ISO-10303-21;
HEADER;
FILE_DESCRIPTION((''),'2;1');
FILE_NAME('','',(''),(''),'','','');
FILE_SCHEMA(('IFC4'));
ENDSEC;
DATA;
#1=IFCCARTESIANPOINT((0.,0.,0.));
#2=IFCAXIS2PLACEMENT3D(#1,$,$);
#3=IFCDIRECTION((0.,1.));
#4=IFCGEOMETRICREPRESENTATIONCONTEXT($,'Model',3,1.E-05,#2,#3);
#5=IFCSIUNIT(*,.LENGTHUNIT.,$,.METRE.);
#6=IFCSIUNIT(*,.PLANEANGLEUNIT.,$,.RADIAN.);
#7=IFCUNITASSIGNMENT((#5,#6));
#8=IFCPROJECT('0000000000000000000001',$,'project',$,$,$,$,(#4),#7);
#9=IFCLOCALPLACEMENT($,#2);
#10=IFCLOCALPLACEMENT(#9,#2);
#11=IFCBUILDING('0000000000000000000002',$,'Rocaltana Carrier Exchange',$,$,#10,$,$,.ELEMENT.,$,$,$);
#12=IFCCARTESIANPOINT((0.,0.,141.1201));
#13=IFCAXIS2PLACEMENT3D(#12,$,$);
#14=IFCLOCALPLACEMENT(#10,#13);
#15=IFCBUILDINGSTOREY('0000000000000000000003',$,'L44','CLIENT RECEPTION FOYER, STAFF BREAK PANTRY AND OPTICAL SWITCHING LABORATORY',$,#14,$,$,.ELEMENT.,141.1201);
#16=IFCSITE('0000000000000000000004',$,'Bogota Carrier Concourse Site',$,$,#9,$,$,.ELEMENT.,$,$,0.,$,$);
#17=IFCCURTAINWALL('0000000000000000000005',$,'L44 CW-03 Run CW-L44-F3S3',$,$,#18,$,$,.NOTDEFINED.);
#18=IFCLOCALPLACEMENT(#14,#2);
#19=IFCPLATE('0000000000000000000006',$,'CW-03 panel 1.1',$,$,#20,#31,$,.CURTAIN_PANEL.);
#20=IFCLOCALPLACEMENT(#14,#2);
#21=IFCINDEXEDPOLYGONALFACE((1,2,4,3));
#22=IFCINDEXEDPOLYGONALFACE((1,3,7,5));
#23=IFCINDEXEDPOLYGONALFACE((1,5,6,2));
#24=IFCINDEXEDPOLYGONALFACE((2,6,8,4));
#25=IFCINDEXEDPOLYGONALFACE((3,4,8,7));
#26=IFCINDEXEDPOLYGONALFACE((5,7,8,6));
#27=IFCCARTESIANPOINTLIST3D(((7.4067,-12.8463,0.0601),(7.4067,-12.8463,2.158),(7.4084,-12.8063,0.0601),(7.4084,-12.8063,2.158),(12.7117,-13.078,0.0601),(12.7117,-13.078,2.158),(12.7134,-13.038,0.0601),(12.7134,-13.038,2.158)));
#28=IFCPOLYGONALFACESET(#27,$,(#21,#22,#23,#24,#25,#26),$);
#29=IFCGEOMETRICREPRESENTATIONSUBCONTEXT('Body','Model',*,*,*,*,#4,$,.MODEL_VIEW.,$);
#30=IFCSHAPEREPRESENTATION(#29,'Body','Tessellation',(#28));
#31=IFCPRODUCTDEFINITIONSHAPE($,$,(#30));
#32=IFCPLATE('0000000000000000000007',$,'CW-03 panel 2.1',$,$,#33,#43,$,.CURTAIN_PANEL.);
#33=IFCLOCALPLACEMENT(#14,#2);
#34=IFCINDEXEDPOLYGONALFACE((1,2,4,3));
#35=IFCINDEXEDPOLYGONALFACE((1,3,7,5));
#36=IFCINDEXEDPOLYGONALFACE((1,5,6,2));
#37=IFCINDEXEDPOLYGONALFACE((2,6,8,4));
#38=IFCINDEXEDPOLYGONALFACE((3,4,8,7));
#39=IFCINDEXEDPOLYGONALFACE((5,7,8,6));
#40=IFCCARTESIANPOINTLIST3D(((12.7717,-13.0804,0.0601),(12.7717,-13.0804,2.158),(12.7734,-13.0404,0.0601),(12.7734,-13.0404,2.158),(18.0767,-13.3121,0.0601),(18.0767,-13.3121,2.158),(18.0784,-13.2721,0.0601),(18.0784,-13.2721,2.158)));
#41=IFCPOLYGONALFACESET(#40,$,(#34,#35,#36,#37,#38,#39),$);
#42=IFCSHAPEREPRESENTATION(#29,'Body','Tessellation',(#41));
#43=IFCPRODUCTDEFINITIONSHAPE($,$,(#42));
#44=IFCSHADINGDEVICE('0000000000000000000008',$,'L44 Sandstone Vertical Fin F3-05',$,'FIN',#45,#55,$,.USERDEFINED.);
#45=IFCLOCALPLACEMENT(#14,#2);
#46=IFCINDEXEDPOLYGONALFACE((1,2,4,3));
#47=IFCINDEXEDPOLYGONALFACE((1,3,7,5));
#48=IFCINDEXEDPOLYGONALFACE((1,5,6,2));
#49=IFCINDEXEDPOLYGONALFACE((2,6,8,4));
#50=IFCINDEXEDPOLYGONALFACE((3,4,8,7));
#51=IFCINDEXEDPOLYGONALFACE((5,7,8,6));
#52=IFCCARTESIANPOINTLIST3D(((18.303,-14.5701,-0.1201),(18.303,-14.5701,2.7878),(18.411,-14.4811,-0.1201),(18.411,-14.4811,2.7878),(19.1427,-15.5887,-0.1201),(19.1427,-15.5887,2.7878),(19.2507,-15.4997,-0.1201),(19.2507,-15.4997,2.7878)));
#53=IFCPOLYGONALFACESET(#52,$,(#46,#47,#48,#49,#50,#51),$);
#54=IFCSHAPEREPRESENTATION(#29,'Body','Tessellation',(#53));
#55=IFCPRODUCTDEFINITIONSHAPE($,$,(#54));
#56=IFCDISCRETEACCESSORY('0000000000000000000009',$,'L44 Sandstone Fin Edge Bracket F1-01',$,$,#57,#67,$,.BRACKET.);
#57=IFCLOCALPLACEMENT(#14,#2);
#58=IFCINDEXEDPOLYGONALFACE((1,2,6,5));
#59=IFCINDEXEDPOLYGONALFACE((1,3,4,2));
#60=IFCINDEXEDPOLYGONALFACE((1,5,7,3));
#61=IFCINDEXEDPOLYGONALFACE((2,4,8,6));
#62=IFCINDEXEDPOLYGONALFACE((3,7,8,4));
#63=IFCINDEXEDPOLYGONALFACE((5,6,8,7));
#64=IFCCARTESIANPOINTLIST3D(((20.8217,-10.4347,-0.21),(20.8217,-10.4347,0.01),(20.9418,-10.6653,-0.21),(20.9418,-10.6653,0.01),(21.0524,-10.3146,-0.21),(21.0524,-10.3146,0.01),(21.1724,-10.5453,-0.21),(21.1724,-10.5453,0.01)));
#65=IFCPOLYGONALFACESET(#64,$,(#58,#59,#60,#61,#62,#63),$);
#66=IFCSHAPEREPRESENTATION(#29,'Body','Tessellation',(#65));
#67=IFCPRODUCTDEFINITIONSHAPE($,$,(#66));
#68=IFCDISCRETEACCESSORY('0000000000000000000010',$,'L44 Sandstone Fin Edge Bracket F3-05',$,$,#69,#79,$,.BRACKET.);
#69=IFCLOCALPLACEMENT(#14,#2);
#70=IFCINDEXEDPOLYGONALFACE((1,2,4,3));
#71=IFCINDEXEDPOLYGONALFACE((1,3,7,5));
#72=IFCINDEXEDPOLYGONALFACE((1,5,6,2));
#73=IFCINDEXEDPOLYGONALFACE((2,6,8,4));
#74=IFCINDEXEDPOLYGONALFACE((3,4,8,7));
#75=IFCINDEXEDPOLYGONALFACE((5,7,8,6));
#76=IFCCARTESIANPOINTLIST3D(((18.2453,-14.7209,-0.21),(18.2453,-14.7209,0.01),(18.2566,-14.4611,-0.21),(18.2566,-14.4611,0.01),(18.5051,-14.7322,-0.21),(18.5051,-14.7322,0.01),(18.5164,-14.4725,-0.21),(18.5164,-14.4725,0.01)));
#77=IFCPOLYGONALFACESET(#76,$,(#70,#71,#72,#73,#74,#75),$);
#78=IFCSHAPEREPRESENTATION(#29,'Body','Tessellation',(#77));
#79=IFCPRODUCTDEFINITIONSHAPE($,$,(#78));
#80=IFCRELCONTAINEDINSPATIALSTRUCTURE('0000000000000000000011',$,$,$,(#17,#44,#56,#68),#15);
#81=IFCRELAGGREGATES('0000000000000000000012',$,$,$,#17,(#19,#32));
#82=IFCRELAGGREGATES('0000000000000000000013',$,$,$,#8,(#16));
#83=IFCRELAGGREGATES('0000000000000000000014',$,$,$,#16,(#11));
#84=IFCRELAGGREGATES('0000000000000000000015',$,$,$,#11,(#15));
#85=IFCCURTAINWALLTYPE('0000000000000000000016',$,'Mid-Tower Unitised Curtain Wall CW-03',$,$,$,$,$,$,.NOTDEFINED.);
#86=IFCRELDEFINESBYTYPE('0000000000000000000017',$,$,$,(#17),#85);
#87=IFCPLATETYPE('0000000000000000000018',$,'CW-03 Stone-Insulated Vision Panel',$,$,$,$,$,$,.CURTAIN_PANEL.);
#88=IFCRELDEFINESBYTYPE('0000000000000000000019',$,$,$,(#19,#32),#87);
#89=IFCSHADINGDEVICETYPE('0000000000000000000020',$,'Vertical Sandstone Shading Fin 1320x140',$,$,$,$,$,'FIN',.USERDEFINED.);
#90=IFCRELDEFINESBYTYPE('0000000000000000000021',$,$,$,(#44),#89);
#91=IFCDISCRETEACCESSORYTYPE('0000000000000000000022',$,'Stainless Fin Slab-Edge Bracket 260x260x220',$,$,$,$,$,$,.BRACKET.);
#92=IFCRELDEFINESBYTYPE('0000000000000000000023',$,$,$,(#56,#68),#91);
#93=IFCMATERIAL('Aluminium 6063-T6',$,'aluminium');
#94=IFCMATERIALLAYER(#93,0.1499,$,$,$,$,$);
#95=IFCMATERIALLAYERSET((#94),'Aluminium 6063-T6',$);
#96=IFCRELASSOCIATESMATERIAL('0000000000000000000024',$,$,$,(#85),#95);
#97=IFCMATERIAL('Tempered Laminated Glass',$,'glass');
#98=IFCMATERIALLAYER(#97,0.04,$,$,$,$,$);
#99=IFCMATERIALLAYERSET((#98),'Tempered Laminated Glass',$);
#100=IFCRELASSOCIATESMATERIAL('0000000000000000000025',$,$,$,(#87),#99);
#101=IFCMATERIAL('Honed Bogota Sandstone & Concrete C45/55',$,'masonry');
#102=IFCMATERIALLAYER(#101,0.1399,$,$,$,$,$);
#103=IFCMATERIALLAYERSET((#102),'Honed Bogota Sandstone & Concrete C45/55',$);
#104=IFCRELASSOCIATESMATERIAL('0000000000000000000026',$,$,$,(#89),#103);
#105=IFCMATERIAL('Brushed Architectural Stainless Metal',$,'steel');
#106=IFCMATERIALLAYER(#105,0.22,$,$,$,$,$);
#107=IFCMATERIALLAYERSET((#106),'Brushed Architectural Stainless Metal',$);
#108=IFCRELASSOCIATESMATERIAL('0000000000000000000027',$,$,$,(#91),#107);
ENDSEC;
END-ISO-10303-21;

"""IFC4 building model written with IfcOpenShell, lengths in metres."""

from ifc_helpers import new_model, si_unit, direction, frame, origin, origin_2d, place, context, subcontext, project, spatial, rectangle, extrude, material, layer, layer_set, type_object, element, aggregate, save


model = new_model("IFC4")

# Units and contexts
model_context = context("Model", 3, precision=1e-05, world=origin(), true_north=direction((0.0, 1.0)))
body_context = subcontext(model_context, "Body", "Model", "MODEL_VIEW")
ifc_project = project(units=[si_unit("LENGTHUNIT", "METRE"), si_unit("PLANEANGLEUNIT", "RADIAN")], contexts=[model_context])

# Site, building, storey
site_placement = place(None, origin())
site = spatial("IfcSite", under=ifc_project, at=site_placement, Name="Bogota Carrier Concourse Site", CompositionType="ELEMENT", RefElevation=0.0)
building_placement = place(site_placement, origin())
building = spatial("IfcBuilding", under=site, at=building_placement, Name="Rocaltana Carrier Exchange", CompositionType="ELEMENT")
storey_placement = place(building_placement, frame((0.0, 0.0, 141.1201)))
storey = spatial("IfcBuildingStorey", under=building, at=storey_placement, Name="L44", Description="CLIENT RECEPTION FOYER, STAFF BREAK PANTRY AND OPTICAL SWITCHING LABORATORY", CompositionType="ELEMENT", Elevation=141.1201)

# Shared definitions
ifc_material_1 = material(Name="Aluminium 6063-T6", Category="aluminium")
ifc_layer_1 = layer(ifc_material_1, 0.1499)
ifc_layer_set_1 = layer_set([ifc_layer_1], Name="Aluminium 6063-T6")
curtain_wall_type = type_object("IfcCurtainWallType", Name="Mid-Tower Unitised Curtain Wall CW-03", PredefinedType="NOTDEFINED", material=ifc_layer_set_1)

# Curtain wall
curtain_wall_1_placement = place(storey_placement, origin())
curtain_wall_1 = element("IfcCurtainWall", 1, at=curtain_wall_1_placement, inside=storey, type_object=curtain_wall_type, Name="L44 CW-03 Run CW-L44-F3S3", PredefinedType="NOTDEFINED")

# Plates
ifc_material_2 = material(Name="Tempered Laminated Glass", Category="glass")
ifc_layer_2 = layer(ifc_material_2, 0.04)
ifc_layer_set_2 = layer_set([ifc_layer_2], Name="Tempered Laminated Glass")
plate_type = type_object("IfcPlateType", Name="CW-03 Stone-Insulated Vision Panel", PredefinedType="CURTAIN_PANEL", material=ifc_layer_set_2)
plate_1_placement = place(storey_placement, frame((10.0601, -12.9421, 0.0601), z_axis=(0.0, 0.0, 1.0), x_axis=(0.999048, -0.043629, 0.0)))
plate_1 = element("IfcPlate", 2, at=plate_1_placement, type_object=plate_type, Name="CW-03 panel 1.1", PredefinedType="CURTAIN_PANEL", context=body_context, shape_type="SweptSolid", body=[
    extrude(rectangle(XDim=5.3101, YDim=0.04, at=origin_2d()), origin(), (0.0, 0.0, 1.0), 2.0979),
])
plate_2_placement = place(storey_placement, frame((15.425, -13.1763, 0.0601), z_axis=(0.0, 0.0, 1.0), x_axis=(0.999048, -0.043629, 0.0)))
plate_2 = element("IfcPlate", 3, at=plate_2_placement, type_object=plate_type, Name="CW-03 panel 2.1", PredefinedType="CURTAIN_PANEL", context=body_context, shape_type="SweptSolid", body=[
    extrude(rectangle(XDim=5.3101, YDim=0.04, at=origin_2d()), origin(), (0.0, 0.0, 1.0), 2.0979),
])
aggregate(curtain_wall_1, [plate_1, plate_2])

# Shading device
ifc_material_3 = material(Name="Honed Bogota Sandstone & Concrete C45/55", Category="masonry")
ifc_layer_3 = layer(ifc_material_3, 0.1399)
ifc_layer_set_3 = layer_set([ifc_layer_3], Name="Honed Bogota Sandstone & Concrete C45/55")
shading_device_type = type_object("IfcShadingDeviceType", Name="Vertical Sandstone Shading Fin 1320x140", ElementType="FIN", PredefinedType="USERDEFINED", material=ifc_layer_set_3)
shading_device_placement = place(storey_placement, frame((18.7769, -15.0349, -0.1201), z_axis=(0.0, 0.0, 1.0), x_axis=(0.636078, -0.771625, 0.0)))
element("IfcShadingDevice", 4, at=shading_device_placement, inside=storey, type_object=shading_device_type, Name="L44 Sandstone Vertical Fin F3-05", ObjectType="FIN", PredefinedType="USERDEFINED", context=body_context, shape_type="SweptSolid", body=[
    extrude(rectangle(XDim=1.3201, YDim=0.1399, at=origin_2d()), origin(), (0.0, 0.0, 1.0), 2.908),
])

# Discrete accessories
ifc_material_4 = material(Name="Brushed Architectural Stainless Metal", Category="steel")
ifc_layer_4 = layer(ifc_material_4, 0.22)
ifc_layer_set_4 = layer_set([ifc_layer_4], Name="Brushed Architectural Stainless Metal")
discrete_accessory_type = type_object("IfcDiscreteAccessoryType", Name="Stainless Fin Slab-Edge Bracket 260x260x220", PredefinedType="BRACKET", material=ifc_layer_set_4)
for number, where, z_axis, x_axis, name in (
    (5, (20.9971, -10.49, -0.21), (0.0, 0.0, 1.0), (-0.461749, 0.887011, 0.0), "L44 Sandstone Fin Edge Bracket F1-01"),
    (6, (18.3809, -14.5967, -0.21), (0.0, 0.0, 1.0), (0.999048, -0.043619, 0.0), "L44 Sandstone Fin Edge Bracket F3-05"),
):
    element("IfcDiscreteAccessory", number, at=place(storey_placement, frame(where, z_axis=z_axis, x_axis=x_axis)), inside=storey, type_object=discrete_accessory_type, Name=name, PredefinedType="BRACKET", context=body_context, shape_type="SweptSolid", body=[
        extrude(rectangle(XDim=0.26, YDim=0.26, at=origin_2d()), origin(), (0.0, 0.0, 1.0), 0.22),
    ])

save(model, "model.ifc")
